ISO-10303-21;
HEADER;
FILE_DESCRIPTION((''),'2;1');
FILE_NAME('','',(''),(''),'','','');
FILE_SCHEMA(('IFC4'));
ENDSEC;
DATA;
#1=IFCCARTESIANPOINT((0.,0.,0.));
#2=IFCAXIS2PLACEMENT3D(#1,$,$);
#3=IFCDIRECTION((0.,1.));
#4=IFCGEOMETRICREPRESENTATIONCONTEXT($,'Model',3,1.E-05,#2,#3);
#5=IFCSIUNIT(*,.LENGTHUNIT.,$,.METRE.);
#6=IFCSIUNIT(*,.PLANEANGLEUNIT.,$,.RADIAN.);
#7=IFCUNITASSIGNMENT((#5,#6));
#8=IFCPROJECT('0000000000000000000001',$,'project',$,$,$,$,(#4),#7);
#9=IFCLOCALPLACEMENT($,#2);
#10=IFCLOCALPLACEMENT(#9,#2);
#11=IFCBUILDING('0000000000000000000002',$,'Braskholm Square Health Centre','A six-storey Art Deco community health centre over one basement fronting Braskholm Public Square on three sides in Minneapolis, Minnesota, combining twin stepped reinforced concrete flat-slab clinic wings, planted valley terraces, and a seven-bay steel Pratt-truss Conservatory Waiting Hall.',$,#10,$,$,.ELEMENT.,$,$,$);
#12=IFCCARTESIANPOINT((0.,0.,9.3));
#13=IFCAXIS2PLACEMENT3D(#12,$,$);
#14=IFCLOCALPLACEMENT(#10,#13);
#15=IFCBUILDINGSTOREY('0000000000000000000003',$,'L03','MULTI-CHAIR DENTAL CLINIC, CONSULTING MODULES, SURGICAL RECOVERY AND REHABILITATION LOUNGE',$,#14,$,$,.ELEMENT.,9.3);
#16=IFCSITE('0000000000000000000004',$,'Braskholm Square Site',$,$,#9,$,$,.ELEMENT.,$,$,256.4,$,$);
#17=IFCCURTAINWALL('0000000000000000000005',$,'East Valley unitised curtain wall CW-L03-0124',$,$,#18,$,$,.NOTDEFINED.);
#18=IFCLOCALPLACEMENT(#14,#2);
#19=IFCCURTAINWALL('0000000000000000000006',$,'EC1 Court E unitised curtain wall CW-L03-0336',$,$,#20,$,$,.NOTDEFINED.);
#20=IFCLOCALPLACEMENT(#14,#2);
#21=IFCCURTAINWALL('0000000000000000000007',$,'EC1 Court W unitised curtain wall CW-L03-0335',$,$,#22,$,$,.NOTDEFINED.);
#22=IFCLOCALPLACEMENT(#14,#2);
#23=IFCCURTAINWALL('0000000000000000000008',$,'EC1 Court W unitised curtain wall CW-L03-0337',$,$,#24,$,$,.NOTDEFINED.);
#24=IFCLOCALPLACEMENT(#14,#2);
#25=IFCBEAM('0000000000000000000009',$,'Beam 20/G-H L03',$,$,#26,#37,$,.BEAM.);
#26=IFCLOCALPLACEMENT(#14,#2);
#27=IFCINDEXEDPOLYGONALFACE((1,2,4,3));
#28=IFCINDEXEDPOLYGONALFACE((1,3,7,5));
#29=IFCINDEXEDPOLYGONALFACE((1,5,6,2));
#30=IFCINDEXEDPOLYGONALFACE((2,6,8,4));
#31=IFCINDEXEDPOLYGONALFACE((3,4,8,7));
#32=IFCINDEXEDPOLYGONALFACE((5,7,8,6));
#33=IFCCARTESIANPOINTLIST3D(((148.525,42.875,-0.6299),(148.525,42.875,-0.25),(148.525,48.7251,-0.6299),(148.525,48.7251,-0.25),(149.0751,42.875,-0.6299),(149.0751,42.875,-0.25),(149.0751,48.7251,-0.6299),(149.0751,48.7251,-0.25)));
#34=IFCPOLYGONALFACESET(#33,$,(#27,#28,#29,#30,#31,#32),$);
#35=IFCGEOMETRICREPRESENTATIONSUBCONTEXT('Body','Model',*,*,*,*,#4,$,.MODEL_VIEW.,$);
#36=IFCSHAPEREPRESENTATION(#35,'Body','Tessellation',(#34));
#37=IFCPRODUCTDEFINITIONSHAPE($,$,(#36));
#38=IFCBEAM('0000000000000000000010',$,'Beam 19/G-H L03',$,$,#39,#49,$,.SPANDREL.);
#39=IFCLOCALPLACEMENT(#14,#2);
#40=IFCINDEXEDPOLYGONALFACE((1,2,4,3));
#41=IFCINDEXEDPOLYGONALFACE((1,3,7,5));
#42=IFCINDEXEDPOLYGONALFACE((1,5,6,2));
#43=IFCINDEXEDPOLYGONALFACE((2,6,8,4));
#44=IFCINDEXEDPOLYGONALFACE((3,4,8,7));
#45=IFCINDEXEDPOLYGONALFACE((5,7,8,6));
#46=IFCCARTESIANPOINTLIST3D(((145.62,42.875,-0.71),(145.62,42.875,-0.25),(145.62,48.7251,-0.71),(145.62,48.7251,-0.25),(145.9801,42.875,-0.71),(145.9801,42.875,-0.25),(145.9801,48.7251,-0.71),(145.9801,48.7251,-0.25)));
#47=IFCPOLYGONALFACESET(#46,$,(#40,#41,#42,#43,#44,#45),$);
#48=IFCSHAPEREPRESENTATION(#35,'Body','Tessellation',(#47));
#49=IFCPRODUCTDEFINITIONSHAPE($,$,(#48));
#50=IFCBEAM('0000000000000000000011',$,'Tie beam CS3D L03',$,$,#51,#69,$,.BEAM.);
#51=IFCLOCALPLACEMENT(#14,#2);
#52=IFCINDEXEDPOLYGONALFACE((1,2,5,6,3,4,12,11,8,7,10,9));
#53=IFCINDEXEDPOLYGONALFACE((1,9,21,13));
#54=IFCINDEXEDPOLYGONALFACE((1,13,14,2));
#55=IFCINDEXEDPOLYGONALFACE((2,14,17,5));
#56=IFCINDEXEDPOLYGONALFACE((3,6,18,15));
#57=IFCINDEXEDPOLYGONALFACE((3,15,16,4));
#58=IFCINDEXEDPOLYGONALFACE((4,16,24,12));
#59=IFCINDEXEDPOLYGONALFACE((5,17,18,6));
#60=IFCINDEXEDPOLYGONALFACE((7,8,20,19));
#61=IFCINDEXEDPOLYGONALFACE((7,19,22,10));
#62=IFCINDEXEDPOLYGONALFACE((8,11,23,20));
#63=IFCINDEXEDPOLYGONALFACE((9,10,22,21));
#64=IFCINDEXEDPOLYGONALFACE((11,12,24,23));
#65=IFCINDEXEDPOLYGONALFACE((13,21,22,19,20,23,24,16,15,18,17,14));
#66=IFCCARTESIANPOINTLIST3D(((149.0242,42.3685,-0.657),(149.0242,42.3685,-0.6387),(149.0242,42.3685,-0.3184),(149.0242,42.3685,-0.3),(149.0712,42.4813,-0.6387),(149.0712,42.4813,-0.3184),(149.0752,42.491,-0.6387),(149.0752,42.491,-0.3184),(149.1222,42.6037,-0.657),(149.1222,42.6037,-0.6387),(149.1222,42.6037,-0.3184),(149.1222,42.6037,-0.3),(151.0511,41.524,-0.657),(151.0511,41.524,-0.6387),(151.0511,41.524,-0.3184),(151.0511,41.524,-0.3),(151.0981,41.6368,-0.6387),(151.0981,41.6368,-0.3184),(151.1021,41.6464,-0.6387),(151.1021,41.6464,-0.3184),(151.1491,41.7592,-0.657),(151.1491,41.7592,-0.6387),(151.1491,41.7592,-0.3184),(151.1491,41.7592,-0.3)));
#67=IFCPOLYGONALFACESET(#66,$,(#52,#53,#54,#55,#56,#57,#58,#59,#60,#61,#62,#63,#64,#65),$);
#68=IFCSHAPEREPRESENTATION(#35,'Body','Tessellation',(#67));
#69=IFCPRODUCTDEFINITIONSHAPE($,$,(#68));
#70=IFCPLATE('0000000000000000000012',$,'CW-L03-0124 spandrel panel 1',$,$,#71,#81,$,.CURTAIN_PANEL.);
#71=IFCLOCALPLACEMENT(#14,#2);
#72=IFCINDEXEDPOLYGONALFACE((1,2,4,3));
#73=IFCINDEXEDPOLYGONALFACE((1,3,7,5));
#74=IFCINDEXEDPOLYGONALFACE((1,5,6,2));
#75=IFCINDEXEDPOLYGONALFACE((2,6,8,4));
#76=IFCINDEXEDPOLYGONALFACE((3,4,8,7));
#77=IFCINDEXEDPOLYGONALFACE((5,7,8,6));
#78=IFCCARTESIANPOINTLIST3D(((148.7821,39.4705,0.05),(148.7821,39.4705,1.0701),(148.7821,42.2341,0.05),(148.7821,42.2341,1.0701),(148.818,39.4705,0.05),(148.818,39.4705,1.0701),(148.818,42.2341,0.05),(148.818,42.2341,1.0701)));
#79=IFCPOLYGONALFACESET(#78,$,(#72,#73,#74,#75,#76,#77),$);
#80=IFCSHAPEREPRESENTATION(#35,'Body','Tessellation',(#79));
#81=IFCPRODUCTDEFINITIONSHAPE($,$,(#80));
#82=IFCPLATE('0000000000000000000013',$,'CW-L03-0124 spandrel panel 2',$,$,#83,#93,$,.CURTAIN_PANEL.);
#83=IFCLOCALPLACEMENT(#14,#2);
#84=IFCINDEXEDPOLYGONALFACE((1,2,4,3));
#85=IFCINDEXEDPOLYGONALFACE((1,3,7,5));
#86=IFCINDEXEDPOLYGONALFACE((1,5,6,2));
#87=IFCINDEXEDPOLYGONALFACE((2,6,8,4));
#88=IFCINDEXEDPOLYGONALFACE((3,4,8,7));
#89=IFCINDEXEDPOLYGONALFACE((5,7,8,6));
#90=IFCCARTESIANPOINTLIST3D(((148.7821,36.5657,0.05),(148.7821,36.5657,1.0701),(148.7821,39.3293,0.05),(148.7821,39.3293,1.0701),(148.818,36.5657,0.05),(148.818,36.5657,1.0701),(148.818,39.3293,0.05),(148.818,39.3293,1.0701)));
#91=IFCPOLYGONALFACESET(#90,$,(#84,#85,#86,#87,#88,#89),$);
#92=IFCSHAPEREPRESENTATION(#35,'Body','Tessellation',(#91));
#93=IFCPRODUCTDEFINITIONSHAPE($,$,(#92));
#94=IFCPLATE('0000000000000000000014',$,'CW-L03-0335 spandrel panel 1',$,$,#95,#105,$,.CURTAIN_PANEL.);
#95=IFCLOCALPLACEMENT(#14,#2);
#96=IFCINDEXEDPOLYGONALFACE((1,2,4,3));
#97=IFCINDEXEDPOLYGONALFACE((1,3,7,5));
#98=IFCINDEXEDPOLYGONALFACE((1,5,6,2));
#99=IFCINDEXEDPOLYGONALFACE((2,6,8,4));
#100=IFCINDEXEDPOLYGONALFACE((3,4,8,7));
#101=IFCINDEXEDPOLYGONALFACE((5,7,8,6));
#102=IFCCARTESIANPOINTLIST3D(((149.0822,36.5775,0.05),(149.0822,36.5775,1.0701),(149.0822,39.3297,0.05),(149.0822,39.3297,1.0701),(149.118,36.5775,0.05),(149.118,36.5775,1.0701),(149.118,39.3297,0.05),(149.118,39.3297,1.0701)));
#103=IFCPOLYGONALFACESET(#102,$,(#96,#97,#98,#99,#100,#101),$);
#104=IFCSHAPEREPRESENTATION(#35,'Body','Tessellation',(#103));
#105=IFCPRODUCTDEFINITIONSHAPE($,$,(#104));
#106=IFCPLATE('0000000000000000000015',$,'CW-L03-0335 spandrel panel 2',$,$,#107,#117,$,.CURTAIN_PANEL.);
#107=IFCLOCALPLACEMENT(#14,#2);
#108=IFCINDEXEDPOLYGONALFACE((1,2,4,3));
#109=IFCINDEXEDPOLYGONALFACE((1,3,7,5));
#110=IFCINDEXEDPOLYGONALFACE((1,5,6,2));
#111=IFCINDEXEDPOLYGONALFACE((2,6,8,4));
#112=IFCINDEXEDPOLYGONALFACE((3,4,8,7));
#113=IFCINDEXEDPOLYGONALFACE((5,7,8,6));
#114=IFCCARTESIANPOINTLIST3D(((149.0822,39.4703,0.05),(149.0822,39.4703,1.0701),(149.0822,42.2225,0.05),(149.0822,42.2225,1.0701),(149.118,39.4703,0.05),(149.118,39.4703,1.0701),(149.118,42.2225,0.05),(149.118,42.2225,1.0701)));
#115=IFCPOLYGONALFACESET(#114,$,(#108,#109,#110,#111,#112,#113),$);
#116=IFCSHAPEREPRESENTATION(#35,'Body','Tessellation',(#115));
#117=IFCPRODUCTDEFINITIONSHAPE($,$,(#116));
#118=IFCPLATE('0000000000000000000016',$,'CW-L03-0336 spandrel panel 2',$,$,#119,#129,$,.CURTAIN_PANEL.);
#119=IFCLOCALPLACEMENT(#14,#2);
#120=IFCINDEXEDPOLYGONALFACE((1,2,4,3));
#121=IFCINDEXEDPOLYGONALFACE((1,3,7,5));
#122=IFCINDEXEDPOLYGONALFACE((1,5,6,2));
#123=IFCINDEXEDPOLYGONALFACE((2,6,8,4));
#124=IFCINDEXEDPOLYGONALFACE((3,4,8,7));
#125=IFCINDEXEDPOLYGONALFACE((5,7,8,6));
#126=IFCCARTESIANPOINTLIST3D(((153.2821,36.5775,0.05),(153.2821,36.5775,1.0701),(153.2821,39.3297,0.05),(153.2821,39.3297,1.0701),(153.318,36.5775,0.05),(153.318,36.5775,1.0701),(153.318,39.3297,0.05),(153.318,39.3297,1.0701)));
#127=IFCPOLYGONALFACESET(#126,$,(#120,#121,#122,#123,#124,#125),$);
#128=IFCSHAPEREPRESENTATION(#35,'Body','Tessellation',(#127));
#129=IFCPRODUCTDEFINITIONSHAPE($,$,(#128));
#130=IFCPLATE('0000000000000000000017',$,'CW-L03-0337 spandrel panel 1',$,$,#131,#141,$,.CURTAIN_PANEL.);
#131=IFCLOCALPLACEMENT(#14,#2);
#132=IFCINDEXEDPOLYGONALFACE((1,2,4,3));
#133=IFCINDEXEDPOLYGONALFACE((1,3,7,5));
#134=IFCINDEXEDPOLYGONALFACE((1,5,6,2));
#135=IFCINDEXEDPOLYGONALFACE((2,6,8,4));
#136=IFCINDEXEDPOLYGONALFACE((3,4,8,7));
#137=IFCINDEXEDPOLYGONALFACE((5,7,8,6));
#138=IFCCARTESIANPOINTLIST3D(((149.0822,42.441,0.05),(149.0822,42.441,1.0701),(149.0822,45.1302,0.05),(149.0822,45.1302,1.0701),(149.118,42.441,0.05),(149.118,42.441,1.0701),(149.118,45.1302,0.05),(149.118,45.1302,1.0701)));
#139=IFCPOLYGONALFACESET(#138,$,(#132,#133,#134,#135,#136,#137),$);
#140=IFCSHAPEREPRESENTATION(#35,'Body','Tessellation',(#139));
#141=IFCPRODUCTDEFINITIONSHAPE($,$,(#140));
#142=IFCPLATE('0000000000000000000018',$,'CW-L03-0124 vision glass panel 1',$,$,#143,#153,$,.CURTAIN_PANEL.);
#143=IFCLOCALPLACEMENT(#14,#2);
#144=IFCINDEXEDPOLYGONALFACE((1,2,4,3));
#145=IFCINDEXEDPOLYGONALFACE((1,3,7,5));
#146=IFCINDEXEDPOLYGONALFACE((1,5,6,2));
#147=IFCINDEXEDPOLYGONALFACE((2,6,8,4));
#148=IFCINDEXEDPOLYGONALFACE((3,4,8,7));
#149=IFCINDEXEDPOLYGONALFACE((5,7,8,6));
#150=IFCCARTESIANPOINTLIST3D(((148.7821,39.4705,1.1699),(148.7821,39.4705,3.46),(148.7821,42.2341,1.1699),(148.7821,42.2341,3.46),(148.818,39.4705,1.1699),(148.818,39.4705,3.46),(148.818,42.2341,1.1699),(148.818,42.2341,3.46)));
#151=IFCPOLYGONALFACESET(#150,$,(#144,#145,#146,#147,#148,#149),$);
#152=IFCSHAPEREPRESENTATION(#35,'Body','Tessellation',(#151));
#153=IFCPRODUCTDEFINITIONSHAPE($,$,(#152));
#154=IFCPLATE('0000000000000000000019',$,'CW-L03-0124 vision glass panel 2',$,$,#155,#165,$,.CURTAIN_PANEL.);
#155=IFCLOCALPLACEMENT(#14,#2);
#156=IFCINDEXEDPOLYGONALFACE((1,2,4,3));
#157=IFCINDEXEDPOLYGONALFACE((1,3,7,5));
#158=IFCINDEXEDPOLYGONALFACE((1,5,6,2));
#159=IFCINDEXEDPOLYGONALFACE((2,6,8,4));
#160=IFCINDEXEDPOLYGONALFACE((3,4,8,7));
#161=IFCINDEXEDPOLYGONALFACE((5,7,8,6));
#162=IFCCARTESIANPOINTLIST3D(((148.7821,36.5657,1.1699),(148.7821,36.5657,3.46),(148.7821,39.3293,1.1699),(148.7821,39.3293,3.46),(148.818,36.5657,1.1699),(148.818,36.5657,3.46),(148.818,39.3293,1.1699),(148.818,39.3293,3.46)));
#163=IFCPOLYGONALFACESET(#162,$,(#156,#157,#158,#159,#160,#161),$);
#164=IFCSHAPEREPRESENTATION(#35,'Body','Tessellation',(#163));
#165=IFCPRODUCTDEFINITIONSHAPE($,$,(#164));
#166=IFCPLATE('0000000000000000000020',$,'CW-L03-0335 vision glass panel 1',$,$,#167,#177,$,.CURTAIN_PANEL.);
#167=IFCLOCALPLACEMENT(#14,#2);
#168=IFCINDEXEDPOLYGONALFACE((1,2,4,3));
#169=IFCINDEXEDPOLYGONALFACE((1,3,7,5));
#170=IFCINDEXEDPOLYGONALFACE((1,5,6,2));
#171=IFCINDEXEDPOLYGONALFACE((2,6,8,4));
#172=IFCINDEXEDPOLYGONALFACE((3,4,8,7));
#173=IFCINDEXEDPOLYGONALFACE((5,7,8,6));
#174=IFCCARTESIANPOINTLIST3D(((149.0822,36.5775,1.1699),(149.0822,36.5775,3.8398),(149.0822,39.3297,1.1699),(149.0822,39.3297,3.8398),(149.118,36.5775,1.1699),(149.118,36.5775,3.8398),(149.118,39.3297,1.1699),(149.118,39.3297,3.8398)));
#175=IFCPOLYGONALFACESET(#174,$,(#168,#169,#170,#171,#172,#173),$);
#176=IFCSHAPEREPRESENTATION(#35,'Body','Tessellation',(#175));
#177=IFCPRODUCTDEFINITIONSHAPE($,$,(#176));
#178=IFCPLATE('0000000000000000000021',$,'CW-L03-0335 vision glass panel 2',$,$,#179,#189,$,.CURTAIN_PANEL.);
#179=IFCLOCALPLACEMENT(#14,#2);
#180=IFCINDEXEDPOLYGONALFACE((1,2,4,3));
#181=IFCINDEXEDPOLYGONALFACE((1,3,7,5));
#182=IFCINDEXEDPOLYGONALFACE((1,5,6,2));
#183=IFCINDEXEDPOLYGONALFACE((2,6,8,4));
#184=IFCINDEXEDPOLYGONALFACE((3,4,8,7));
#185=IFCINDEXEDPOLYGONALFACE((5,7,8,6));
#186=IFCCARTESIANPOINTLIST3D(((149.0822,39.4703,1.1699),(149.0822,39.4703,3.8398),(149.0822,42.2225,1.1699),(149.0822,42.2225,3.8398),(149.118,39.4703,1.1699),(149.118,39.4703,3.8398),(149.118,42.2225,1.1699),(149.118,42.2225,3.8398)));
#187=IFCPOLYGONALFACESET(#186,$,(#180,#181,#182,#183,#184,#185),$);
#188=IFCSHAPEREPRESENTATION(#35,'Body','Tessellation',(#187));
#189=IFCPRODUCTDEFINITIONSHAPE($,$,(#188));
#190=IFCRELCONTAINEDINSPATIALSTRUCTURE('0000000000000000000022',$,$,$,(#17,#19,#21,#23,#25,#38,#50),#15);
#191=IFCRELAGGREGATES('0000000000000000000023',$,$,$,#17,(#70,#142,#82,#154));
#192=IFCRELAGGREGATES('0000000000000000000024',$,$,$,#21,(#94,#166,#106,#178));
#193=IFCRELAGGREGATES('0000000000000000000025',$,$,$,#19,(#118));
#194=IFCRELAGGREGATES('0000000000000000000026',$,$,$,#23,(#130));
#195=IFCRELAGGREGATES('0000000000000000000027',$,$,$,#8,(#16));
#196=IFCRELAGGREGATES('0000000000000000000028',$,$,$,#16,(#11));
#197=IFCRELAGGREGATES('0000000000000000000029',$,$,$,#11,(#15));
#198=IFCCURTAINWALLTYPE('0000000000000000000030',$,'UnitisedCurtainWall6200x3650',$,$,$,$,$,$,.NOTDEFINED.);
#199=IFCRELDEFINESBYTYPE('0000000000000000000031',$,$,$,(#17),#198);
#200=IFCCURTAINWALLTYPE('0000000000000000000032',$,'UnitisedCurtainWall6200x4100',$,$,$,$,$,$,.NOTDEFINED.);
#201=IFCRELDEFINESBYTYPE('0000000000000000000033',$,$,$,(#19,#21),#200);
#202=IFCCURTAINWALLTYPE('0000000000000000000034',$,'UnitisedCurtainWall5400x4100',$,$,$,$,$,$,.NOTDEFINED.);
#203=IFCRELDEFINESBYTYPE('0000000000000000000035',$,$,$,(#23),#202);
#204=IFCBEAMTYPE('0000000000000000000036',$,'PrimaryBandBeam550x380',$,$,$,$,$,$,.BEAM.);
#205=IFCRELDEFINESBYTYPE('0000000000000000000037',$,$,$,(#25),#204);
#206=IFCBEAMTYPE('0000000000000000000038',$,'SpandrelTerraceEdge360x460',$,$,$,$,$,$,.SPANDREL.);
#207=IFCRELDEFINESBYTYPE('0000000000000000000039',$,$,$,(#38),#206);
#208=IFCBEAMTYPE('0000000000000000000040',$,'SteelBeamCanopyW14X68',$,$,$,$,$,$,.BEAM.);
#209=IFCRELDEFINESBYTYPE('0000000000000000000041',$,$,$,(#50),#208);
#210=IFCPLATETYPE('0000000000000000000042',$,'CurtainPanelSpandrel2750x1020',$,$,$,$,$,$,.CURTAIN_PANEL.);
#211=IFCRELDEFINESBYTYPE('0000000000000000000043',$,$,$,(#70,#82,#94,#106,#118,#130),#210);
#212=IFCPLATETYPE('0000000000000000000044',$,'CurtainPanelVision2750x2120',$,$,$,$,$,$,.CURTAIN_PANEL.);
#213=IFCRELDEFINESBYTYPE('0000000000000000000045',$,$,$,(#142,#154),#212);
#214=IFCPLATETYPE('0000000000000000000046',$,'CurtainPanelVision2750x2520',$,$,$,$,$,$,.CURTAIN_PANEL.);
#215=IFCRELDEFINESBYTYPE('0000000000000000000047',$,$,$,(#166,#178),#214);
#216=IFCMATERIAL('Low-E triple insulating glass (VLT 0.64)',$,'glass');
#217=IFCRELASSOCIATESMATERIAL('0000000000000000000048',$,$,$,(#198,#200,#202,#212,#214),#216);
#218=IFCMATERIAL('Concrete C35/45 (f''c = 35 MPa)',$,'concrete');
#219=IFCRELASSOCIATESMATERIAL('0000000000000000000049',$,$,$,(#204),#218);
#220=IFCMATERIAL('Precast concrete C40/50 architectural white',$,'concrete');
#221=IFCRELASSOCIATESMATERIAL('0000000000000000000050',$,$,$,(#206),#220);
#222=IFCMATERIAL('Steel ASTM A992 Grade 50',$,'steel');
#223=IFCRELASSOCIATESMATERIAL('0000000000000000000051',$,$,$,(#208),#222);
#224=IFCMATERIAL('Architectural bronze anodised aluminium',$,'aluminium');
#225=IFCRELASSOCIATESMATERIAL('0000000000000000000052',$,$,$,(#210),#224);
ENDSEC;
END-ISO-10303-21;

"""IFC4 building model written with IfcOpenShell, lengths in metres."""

from ifc_helpers import new_model, si_unit, direction, frame, origin, origin_2d, place, context, subcontext, project, spatial, rectangle, i_section, extrude, material, material_profile, profile_set, type_object, element, aggregate, save


model = new_model("IFC4")

# Units and contexts
model_context = context("Model", 3, precision=1e-05, world=origin(), true_north=direction((0.0, 1.0)))
body_context = subcontext(model_context, "Body", "Model", "MODEL_VIEW")
ifc_project = project(units=[si_unit("LENGTHUNIT", "METRE"), si_unit("PLANEANGLEUNIT", "RADIAN")], contexts=[model_context])

# Site, building, storey
site_placement = place(None, origin())
site = spatial("IfcSite", under=ifc_project, at=site_placement, Name="Braskholm Square Site", CompositionType="ELEMENT", RefElevation=256.4)
building_placement = place(site_placement, origin())
building = spatial("IfcBuilding", under=site, at=building_placement, Name="Braskholm Square Health Centre", Description="A six-storey Art Deco community health centre over one basement fronting Braskholm Public Square on three sides in Minneapolis, Minnesota, combining twin stepped reinforced concrete flat-slab clinic wings, planted valley terraces, and a seven-bay steel Pratt-truss Conservatory Waiting Hall.", CompositionType="ELEMENT")
storey_placement = place(building_placement, frame((0.0, 0.0, 9.3)))
storey = spatial("IfcBuildingStorey", under=building, at=storey_placement, Name="L03", Description="MULTI-CHAIR DENTAL CLINIC, CONSULTING MODULES, SURGICAL RECOVERY AND REHABILITATION LOUNGE", CompositionType="ELEMENT", Elevation=9.3)

# Curtain wall
ifc_material_1 = material(Name="Low-E triple insulating glass (VLT 0.64)", Category="glass")
curtain_wall_type_1 = type_object("IfcCurtainWallType", Name="UnitisedCurtainWall6200x3650", PredefinedType="NOTDEFINED", material=ifc_material_1)
curtain_wall_1_placement = place(storey_placement, origin())
curtain_wall_1 = element("IfcCurtainWall", 1, at=curtain_wall_1_placement, inside=storey, type_object=curtain_wall_type_1, Name="East Valley unitised curtain wall CW-L03-0124", PredefinedType="NOTDEFINED")
ifc_material_2 = material(Name="Architectural bronze anodised aluminium", Category="aluminium")

# Curtain wall
curtain_wall_type_2 = type_object("IfcCurtainWallType", Name="UnitisedCurtainWall6200x4100", PredefinedType="NOTDEFINED", material=ifc_material_1)
curtain_wall_2_placement = place(storey_placement, origin())
curtain_wall_2 = element("IfcCurtainWall", 2, at=curtain_wall_2_placement, inside=storey, type_object=curtain_wall_type_2, Name="EC1 Court E unitised curtain wall CW-L03-0336", PredefinedType="NOTDEFINED")

# Curtain wall
curtain_wall_3_placement = place(storey_placement, origin())
curtain_wall_3 = element("IfcCurtainWall", 3, at=curtain_wall_3_placement, inside=storey, type_object=curtain_wall_type_2, Name="EC1 Court W unitised curtain wall CW-L03-0335", PredefinedType="NOTDEFINED")

# Curtain wall
curtain_wall_type_3 = type_object("IfcCurtainWallType", Name="UnitisedCurtainWall5400x4100", PredefinedType="NOTDEFINED", material=ifc_material_1)
curtain_wall_4_placement = place(storey_placement, origin())
curtain_wall_4 = element("IfcCurtainWall", 4, at=curtain_wall_4_placement, inside=storey, type_object=curtain_wall_type_3, Name="EC1 Court W unitised curtain wall CW-L03-0337", PredefinedType="NOTDEFINED")

# Beams
ifc_material_3 = material(Name="Concrete C35/45 (f'c = 35 MPa)", Category="concrete")
ifc_material_profile_1 = material_profile(ifc_material_3, rectangle(XDim=0.55, YDim=0.3799, at=origin_2d()), Name="RCB-550X380")
ifc_profile_set_1 = profile_set([ifc_material_profile_1], Name="Concrete C35/45 (f'c = 35 MPa)")
beam_type_1 = type_object("IfcBeamType", Name="PrimaryBandBeam550x380", PredefinedType="BEAM", material=ifc_profile_set_1)
beam_1_placement = place(storey_placement, frame((148.8, 42.875, -0.4399), z_axis=(0.0, 1.0, 0.0), x_axis=(-1.0, 0.0, 0.0)))
element("IfcBeam", 5, at=beam_1_placement, inside=storey, type_object=beam_type_1, Name="Beam 20/G-H L03", PredefinedType="BEAM", context=body_context, shape_type="SweptSolid", body=[
    extrude(rectangle(XDim=0.55, YDim=0.3799, at=origin_2d()), origin(), (0.0, 0.0, 1.0), 5.8501),
])
ifc_material_4 = material(Name="Precast concrete C40/50 architectural white", Category="concrete")
ifc_material_profile_2 = material_profile(ifc_material_4, rectangle(XDim=0.3601, YDim=0.46, at=origin_2d()), Name="RCB-360X460")
ifc_profile_set_2 = profile_set([ifc_material_profile_2], Name="Precast concrete C40/50 architectural white")
beam_type_2 = type_object("IfcBeamType", Name="SpandrelTerraceEdge360x460", PredefinedType="SPANDREL", material=ifc_profile_set_2)
beam_2_placement = place(storey_placement, frame((145.8, 42.875, -0.48), z_axis=(0.0, 1.0, 0.0), x_axis=(-1.0, 0.0, 0.0)))
element("IfcBeam", 6, at=beam_2_placement, inside=storey, type_object=beam_type_2, Name="Beam 19/G-H L03", PredefinedType="SPANDREL", context=body_context, shape_type="SweptSolid", body=[
    extrude(rectangle(XDim=0.3601, YDim=0.46, at=origin_2d()), origin(), (0.0, 0.0, 1.0), 5.8501),
])
ifc_material_5 = material(Name="Steel ASTM A992 Grade 50", Category="steel")
ifc_material_profile_3 = material_profile(ifc_material_5, i_section(OverallWidth=0.2549, OverallDepth=0.3569, WebThickness=0.0105, FlangeThickness=0.0183, at=origin_2d()), Name="W14X68")
ifc_profile_set_3 = profile_set([ifc_material_profile_3], Name="Steel ASTM A992 Grade 50")
beam_type_3 = type_object("IfcBeamType", Name="SteelBeamCanopyW14X68", PredefinedType="BEAM", material=ifc_profile_set_3)
beam_3_placement = place(storey_placement, frame((151.1001, 41.6416, -0.4785), z_axis=(-0.923084, 0.3846, 0.0), x_axis=(-0.3846, -0.923084, 0.0)))
element("IfcBeam", 7, at=beam_3_placement, inside=storey, type_object=beam_type_3, Name="Tie beam CS3D L03", PredefinedType="BEAM", context=body_context, shape_type="SweptSolid", body=[
    extrude(i_section(OverallWidth=0.2549, OverallDepth=0.3569, WebThickness=0.0105, FlangeThickness=0.0183, at=origin_2d()), origin(), (0.0, 0.0, 1.0), 2.1958),
])

# Plates
plate_type_1 = type_object("IfcPlateType", Name="CurtainPanelSpandrel2750x1020", PredefinedType="CURTAIN_PANEL", material=ifc_material_2)
plate_1_placement = place(storey_placement, frame((148.8, 40.8523, 0.05), z_axis=(0.0, 0.0, 1.0), x_axis=(0.0, -1.0, 0.0)))
plate_1 = element("IfcPlate", 8, at=plate_1_placement, type_object=plate_type_1, Name="CW-L03-0124 spandrel panel 1", PredefinedType="CURTAIN_PANEL", context=body_context, shape_type="SweptSolid", body=[
    extrude(rectangle(XDim=2.7637, YDim=0.0359, at=origin_2d()), origin(), (0.0, 0.0, 1.0), 1.02),
])
plate_2_placement = place(storey_placement, frame((148.8, 37.9475, 0.05), z_axis=(0.0, 0.0, 1.0), x_axis=(0.0, -1.0, 0.0)))
plate_2 = element("IfcPlate", 9, at=plate_2_placement, type_object=plate_type_1, Name="CW-L03-0124 spandrel panel 2", PredefinedType="CURTAIN_PANEL", context=body_context, shape_type="SweptSolid", body=[
    extrude(rectangle(XDim=2.7637, YDim=0.0359, at=origin_2d()), origin(), (0.0, 0.0, 1.0), 1.02),
])
plate_3_placement = place(storey_placement, frame((149.1001, 37.9536, 0.05), z_axis=(0.0, 0.0, 1.0), x_axis=(0.0, 1.0, 0.0)))
plate_3 = element("IfcPlate", 10, at=plate_3_placement, type_object=plate_type_1, Name="CW-L03-0335 spandrel panel 1", PredefinedType="CURTAIN_PANEL", context=body_context, shape_type="SweptSolid", body=[
    extrude(rectangle(XDim=2.7522, YDim=0.0359, at=origin_2d()), origin(), (0.0, 0.0, 1.0), 1.02),
])
plate_4_placement = place(storey_placement, frame((149.1001, 40.8464, 0.05), z_axis=(0.0, 0.0, 1.0), x_axis=(0.0, 1.0, 0.0)))
plate_4 = element("IfcPlate", 11, at=plate_4_placement, type_object=plate_type_1, Name="CW-L03-0335 spandrel panel 2", PredefinedType="CURTAIN_PANEL", context=body_context, shape_type="SweptSolid", body=[
    extrude(rectangle(XDim=2.7522, YDim=0.0359, at=origin_2d()), origin(), (0.0, 0.0, 1.0), 1.02),
])
plate_5_placement = place(storey_placement, frame((153.3, 37.9536, 0.05), z_axis=(0.0, 0.0, 1.0), x_axis=(0.0, -1.0, 0.0)))
plate_5 = element("IfcPlate", 12, at=plate_5_placement, type_object=plate_type_1, Name="CW-L03-0336 spandrel panel 2", PredefinedType="CURTAIN_PANEL", context=body_context, shape_type="SweptSolid", body=[
    extrude(rectangle(XDim=2.7522, YDim=0.0359, at=origin_2d()), origin(), (0.0, 0.0, 1.0), 1.02),
])
plate_6_placement = place(storey_placement, frame((149.1001, 43.7856, 0.05), z_axis=(0.0, 0.0, 1.0), x_axis=(0.0, 1.0, 0.0)))
plate_6 = element("IfcPlate", 13, at=plate_6_placement, type_object=plate_type_1, Name="CW-L03-0337 spandrel panel 1", PredefinedType="CURTAIN_PANEL", context=body_context, shape_type="SweptSolid", body=[
    extrude(rectangle(XDim=2.6892, YDim=0.0359, at=origin_2d()), origin(), (0.0, 0.0, 1.0), 1.02),
])
plate_type_2 = type_object("IfcPlateType", Name="CurtainPanelVision2750x2120", PredefinedType="CURTAIN_PANEL", material=ifc_material_1)
plate_7_placement = place(storey_placement, frame((148.8, 40.8523, 1.1699), z_axis=(0.0, 0.0, 1.0), x_axis=(0.0, -1.0, 0.0)))
plate_7 = element("IfcPlate", 14, at=plate_7_placement, type_object=plate_type_2, Name="CW-L03-0124 vision glass panel 1", PredefinedType="CURTAIN_PANEL", context=body_context, shape_type="SweptSolid", body=[
    extrude(rectangle(XDim=2.7637, YDim=0.0359, at=origin_2d()), origin(), (0.0, 0.0, 1.0), 2.29),
])
plate_8_placement = place(storey_placement, frame((148.8, 37.9475, 1.1699), z_axis=(0.0, 0.0, 1.0), x_axis=(0.0, -1.0, 0.0)))
plate_8 = element("IfcPlate", 15, at=plate_8_placement, type_object=plate_type_2, Name="CW-L03-0124 vision glass panel 2", PredefinedType="CURTAIN_PANEL", context=body_context, shape_type="SweptSolid", body=[
    extrude(rectangle(XDim=2.7637, YDim=0.0359, at=origin_2d()), origin(), (0.0, 0.0, 1.0), 2.29),
])
aggregate(curtain_wall_1, [plate_1, plate_7, plate_2, plate_8])
plate_type_3 = type_object("IfcPlateType", Name="CurtainPanelVision2750x2520", PredefinedType="CURTAIN_PANEL", material=ifc_material_1)
plate_9_placement = place(storey_placement, frame((149.1001, 37.9536, 1.1699), z_axis=(0.0, 0.0, 1.0), x_axis=(0.0, 1.0, 0.0)))
plate_9 = element("IfcPlate", 16, at=plate_9_placement, type_object=plate_type_3, Name="CW-L03-0335 vision glass panel 1", PredefinedType="CURTAIN_PANEL", context=body_context, shape_type="SweptSolid", body=[
    extrude(rectangle(XDim=2.7522, YDim=0.0359, at=origin_2d()), origin(), (0.0, 0.0, 1.0), 2.6699),
])
plate_10_placement = place(storey_placement, frame((149.1001, 40.8464, 1.1699), z_axis=(0.0, 0.0, 1.0), x_axis=(0.0, 1.0, 0.0)))
plate_10 = element("IfcPlate", 17, at=plate_10_placement, type_object=plate_type_3, Name="CW-L03-0335 vision glass panel 2", PredefinedType="CURTAIN_PANEL", context=body_context, shape_type="SweptSolid", body=[
    extrude(rectangle(XDim=2.7522, YDim=0.0359, at=origin_2d()), origin(), (0.0, 0.0, 1.0), 2.6699),
])
aggregate(curtain_wall_3, [plate_3, plate_9, plate_4, plate_10])
aggregate(curtain_wall_2, [plate_5])
aggregate(curtain_wall_4, [plate_6])

save(model, "model.ifc")
